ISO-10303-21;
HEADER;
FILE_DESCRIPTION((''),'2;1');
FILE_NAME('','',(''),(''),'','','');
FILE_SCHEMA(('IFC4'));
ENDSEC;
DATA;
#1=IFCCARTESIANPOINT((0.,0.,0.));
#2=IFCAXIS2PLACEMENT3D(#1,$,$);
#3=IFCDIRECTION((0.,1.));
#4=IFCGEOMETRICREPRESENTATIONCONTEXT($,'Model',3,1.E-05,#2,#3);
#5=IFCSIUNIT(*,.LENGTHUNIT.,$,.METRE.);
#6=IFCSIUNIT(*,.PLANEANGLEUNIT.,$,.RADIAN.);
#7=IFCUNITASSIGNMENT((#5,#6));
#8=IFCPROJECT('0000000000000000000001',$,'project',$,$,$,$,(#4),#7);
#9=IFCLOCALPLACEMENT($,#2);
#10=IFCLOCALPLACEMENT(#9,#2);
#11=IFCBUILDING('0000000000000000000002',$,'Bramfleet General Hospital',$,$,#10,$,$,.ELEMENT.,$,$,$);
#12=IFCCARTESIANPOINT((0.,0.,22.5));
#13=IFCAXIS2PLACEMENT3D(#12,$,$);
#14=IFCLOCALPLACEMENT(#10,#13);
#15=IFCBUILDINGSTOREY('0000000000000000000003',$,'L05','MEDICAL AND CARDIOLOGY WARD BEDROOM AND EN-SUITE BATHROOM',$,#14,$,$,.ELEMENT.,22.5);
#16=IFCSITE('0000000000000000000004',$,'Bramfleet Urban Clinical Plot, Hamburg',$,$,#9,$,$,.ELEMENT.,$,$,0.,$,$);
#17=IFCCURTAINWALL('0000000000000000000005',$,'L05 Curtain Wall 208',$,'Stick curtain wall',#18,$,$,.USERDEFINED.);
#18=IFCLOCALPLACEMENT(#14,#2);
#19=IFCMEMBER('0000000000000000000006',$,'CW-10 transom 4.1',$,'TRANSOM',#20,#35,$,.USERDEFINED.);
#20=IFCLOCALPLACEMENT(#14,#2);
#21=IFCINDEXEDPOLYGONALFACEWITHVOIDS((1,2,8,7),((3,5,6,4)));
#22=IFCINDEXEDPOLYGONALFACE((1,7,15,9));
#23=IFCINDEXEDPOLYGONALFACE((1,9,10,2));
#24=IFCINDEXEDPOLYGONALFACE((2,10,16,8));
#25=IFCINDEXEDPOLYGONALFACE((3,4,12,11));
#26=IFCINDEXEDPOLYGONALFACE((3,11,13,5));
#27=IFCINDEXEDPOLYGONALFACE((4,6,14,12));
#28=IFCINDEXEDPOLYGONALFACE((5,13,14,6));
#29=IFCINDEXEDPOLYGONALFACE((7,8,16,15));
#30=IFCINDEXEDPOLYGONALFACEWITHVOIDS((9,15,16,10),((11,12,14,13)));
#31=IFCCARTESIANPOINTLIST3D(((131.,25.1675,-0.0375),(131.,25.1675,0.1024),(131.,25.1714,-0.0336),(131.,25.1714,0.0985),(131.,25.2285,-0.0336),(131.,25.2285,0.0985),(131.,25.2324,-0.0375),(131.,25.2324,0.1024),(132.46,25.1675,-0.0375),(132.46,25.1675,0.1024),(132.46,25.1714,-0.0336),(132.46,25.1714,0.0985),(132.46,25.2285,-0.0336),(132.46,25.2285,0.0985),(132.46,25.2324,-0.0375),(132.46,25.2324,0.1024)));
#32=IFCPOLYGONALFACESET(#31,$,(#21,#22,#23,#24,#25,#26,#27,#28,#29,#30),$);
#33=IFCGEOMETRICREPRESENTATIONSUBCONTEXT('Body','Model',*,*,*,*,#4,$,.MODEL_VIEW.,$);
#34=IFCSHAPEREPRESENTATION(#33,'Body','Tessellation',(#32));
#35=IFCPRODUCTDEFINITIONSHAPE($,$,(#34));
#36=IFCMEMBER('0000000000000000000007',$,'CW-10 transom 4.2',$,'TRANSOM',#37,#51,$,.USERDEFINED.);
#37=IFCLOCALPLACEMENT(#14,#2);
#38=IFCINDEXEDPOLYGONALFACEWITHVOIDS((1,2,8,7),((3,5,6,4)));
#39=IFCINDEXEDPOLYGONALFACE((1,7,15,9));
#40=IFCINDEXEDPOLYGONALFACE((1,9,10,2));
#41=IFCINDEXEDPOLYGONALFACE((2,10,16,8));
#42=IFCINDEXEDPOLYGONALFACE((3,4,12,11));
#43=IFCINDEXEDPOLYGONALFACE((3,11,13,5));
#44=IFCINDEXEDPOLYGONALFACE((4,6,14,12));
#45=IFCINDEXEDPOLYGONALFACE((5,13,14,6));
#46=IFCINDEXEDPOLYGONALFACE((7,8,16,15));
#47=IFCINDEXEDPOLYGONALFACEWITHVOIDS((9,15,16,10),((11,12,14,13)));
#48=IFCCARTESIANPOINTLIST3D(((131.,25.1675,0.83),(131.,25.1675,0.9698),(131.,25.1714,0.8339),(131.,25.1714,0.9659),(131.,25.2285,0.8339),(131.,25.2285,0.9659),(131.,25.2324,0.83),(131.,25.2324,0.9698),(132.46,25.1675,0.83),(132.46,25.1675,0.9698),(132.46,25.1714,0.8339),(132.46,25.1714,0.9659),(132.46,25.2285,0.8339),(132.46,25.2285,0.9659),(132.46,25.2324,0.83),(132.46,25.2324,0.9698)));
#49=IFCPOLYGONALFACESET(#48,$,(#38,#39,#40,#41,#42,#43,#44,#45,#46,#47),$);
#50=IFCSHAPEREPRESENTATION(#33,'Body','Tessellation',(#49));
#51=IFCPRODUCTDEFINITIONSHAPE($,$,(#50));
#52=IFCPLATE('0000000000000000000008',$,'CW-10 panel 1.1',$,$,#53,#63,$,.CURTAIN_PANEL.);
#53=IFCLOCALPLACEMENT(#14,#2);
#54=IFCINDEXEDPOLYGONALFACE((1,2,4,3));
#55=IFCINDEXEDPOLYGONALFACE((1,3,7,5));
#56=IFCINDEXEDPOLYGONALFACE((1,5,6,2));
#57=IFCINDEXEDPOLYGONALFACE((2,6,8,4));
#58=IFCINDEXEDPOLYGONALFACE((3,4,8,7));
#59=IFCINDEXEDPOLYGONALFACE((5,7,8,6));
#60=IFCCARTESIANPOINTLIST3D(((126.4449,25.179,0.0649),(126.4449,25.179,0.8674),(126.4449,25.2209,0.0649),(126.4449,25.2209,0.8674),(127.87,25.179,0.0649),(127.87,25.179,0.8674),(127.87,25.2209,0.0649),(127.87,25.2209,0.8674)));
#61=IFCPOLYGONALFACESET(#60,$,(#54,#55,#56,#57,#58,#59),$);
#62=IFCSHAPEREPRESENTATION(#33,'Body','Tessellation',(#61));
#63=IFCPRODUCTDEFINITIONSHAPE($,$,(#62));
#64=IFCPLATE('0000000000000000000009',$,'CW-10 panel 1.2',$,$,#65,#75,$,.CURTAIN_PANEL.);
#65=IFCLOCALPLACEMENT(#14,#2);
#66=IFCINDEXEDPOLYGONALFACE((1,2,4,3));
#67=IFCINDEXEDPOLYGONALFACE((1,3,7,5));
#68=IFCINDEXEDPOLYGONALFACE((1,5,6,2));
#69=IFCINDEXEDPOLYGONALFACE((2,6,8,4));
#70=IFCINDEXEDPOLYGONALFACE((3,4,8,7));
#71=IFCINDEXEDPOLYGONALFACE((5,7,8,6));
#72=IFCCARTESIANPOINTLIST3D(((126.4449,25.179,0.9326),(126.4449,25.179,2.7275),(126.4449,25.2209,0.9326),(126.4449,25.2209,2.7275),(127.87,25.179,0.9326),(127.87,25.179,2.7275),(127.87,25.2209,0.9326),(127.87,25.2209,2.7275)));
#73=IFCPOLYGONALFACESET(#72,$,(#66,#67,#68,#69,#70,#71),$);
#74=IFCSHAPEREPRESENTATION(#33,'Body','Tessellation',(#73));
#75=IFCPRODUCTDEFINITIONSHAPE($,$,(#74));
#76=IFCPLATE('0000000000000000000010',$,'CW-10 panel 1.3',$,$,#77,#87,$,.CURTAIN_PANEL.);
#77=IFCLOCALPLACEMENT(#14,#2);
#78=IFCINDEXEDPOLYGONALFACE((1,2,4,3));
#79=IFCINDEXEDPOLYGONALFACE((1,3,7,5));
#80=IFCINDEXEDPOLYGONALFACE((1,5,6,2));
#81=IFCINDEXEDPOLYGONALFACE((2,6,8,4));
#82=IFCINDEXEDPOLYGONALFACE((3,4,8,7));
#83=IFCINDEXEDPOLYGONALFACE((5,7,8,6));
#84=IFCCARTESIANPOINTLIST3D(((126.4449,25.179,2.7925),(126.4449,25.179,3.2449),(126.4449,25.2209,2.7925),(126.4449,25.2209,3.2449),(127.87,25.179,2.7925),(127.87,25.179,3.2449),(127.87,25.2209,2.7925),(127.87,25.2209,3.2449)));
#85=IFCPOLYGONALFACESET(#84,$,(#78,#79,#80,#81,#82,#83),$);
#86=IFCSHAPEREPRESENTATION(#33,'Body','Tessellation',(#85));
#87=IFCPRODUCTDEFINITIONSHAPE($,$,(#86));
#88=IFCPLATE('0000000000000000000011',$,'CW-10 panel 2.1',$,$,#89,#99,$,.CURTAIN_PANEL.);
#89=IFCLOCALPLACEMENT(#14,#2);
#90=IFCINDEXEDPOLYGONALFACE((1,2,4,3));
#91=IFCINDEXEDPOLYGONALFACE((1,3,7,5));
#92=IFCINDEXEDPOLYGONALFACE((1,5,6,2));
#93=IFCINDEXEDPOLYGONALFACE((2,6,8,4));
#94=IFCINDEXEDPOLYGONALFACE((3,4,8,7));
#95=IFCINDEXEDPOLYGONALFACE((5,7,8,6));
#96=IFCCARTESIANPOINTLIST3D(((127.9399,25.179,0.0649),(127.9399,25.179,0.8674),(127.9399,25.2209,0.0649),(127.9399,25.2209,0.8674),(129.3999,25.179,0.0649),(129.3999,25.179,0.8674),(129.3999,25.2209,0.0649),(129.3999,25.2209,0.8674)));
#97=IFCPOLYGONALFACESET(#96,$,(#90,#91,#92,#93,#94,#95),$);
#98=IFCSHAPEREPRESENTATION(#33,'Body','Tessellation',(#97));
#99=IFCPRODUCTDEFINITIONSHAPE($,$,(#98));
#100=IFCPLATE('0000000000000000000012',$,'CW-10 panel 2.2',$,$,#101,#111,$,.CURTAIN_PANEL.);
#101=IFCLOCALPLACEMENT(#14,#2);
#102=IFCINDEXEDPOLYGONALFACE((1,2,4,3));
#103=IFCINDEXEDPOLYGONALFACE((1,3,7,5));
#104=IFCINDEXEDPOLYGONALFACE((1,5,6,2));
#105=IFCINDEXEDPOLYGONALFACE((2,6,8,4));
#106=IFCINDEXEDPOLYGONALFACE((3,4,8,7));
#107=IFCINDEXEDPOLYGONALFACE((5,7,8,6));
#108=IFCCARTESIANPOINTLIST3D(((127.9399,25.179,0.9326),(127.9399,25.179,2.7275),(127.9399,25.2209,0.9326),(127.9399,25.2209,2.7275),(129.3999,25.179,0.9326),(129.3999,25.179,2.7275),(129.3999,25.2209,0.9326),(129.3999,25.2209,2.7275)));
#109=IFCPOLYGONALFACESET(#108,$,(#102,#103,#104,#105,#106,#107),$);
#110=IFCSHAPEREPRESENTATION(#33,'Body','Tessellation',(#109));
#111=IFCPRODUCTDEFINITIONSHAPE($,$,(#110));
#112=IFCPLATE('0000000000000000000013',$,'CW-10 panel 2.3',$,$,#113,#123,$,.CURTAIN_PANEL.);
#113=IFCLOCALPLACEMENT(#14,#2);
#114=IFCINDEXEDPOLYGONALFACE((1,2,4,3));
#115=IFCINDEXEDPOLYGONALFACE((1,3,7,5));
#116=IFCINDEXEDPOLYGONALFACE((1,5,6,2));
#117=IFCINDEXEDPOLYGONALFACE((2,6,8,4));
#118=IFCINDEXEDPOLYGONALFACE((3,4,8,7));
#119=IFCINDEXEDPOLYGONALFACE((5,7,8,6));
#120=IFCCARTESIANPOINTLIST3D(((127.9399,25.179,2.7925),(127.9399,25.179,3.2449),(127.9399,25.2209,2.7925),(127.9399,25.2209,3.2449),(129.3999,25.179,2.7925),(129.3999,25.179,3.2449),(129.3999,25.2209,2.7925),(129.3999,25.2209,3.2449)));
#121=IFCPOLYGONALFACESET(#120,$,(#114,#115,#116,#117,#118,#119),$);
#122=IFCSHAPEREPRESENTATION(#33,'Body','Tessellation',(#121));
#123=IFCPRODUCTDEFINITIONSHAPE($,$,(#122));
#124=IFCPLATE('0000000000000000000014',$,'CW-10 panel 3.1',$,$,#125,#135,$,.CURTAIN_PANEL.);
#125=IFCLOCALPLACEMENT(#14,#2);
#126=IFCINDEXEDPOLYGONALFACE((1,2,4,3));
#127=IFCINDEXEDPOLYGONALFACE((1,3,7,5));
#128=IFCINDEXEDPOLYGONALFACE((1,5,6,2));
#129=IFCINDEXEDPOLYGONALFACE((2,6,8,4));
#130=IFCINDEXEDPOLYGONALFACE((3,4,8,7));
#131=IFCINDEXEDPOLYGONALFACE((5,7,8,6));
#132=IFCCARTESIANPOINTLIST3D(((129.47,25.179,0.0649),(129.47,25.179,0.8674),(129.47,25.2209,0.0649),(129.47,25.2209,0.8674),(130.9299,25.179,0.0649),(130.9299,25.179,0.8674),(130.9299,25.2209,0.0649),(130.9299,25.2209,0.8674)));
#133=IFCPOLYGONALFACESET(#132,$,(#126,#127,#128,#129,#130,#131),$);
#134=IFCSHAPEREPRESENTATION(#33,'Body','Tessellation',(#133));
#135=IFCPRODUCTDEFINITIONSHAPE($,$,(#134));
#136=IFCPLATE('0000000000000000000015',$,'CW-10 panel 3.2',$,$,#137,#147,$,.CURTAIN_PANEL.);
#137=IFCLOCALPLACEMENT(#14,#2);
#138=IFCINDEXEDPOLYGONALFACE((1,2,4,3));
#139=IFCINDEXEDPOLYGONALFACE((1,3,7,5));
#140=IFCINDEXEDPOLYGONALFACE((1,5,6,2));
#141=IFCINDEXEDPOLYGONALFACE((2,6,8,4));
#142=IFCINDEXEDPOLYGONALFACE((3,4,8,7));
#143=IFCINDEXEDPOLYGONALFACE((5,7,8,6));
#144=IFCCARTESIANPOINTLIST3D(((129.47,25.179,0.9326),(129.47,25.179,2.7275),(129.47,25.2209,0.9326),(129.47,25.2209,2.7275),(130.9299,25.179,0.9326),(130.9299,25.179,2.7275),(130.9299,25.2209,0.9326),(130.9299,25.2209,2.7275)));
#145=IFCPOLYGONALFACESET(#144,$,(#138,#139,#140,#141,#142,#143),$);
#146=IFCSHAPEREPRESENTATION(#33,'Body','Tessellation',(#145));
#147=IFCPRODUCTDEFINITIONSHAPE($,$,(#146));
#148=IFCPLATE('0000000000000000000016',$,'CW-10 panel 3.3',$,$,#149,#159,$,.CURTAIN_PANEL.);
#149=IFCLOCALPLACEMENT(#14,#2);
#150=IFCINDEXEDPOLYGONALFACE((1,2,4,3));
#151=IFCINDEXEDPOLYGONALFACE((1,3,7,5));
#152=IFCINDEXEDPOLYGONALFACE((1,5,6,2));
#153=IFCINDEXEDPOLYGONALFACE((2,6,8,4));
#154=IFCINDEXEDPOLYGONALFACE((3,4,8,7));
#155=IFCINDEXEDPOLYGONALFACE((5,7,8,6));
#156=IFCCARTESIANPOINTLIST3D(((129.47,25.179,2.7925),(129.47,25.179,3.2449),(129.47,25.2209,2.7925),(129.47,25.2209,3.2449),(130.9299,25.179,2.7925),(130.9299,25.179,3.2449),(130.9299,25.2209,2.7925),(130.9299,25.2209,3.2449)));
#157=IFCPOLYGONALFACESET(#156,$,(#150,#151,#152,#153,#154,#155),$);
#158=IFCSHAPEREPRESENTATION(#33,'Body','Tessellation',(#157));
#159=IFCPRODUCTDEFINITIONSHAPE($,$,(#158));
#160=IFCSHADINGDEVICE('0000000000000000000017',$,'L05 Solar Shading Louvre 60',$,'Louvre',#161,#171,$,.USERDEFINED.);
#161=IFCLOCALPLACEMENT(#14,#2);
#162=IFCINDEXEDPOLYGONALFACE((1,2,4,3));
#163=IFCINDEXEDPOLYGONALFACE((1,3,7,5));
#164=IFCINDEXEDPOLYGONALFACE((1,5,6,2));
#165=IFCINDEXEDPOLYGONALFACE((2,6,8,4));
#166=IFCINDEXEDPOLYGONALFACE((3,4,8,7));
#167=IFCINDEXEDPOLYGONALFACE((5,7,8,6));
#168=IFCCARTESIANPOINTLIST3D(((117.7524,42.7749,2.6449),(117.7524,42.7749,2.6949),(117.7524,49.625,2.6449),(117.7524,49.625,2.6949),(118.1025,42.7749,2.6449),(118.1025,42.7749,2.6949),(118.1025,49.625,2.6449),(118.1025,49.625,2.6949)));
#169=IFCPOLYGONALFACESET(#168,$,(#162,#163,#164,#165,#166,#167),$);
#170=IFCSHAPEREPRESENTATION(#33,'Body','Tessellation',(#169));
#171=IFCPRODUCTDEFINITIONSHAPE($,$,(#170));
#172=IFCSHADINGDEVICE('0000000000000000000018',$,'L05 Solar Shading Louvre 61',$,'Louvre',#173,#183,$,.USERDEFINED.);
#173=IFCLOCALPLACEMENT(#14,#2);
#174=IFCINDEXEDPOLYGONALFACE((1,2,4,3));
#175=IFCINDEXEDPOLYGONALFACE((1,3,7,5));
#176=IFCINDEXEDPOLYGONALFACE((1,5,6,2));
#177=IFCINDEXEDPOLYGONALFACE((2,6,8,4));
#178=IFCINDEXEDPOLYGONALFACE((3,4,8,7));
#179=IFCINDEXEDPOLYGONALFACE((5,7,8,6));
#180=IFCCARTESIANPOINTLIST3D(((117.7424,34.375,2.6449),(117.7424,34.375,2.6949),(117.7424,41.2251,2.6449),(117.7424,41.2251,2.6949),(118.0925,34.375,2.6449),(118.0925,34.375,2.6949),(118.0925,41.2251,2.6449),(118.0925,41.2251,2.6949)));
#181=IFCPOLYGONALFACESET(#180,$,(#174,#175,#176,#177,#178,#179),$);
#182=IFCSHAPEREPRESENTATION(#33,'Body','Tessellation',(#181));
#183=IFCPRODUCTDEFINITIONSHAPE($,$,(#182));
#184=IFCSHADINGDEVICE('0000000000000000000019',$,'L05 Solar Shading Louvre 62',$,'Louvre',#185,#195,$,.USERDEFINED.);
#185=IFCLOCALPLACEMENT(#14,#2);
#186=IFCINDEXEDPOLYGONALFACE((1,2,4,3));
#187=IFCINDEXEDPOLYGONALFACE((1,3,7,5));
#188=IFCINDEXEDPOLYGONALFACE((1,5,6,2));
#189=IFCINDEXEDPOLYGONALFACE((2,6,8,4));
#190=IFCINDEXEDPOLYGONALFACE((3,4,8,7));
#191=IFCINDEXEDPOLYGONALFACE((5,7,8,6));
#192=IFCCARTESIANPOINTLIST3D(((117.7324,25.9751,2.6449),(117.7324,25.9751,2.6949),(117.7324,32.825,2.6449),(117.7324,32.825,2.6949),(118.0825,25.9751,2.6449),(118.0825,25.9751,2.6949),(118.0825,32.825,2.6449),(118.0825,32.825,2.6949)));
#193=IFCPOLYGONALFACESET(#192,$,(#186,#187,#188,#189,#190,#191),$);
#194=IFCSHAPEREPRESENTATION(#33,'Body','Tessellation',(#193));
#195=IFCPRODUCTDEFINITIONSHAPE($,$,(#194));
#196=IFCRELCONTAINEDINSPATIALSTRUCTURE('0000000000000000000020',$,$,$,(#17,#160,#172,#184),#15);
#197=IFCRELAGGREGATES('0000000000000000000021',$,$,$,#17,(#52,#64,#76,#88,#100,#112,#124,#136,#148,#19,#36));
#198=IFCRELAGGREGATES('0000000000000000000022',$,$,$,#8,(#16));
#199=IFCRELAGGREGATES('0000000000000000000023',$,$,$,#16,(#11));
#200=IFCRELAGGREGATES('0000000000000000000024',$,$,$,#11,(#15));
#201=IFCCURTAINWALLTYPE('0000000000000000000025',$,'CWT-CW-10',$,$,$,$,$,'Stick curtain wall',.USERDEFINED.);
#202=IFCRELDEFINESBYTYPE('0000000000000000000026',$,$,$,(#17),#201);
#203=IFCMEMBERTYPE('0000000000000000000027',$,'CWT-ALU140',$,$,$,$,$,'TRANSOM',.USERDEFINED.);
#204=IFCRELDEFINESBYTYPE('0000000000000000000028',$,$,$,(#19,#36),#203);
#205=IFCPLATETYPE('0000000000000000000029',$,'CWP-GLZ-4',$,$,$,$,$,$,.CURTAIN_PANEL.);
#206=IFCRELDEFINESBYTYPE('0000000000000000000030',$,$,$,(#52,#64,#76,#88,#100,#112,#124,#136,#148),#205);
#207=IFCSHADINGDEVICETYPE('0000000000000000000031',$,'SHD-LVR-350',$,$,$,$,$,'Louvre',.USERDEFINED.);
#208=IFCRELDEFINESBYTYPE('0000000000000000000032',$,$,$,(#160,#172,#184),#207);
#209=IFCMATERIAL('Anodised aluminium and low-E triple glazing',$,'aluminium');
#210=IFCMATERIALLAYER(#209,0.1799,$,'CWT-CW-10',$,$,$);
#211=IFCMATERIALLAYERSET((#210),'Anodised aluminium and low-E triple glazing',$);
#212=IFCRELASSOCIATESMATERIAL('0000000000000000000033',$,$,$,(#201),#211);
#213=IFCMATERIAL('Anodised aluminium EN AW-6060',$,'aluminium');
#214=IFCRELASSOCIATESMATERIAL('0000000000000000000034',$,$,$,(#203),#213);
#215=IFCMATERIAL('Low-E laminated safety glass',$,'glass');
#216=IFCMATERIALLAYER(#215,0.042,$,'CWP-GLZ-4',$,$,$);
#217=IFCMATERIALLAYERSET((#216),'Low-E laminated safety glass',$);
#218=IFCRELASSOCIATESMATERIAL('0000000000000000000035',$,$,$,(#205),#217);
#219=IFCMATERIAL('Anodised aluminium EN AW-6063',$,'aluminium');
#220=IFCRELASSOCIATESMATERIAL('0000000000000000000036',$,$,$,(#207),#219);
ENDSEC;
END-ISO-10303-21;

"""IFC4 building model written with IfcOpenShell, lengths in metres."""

from ifc_helpers import new_model, si_unit, direction, frame, origin, origin_2d, place, context, subcontext, project, spatial, rectangle, hollow_rectangle, extrude, material, layer, layer_set, material_profile, profile_set, type_object, element, aggregate, save


model = new_model("IFC4")

# Units and contexts
model_context = context("Model", 3, precision=1e-05, world=origin(), true_north=direction((0.0, 1.0)))
body_context = subcontext(model_context, "Body", "Model", "MODEL_VIEW")
ifc_project = project(units=[si_unit("LENGTHUNIT", "METRE"), si_unit("PLANEANGLEUNIT", "RADIAN")], contexts=[model_context])

# Site, building, storey
site_placement = place(None, origin())
site = spatial("IfcSite", under=ifc_project, at=site_placement, Name="Bramfleet Urban Clinical Plot, Hamburg", CompositionType="ELEMENT", RefElevation=0.0)
building_placement = place(site_placement, origin())
building = spatial("IfcBuilding", under=site, at=building_placement, Name="Bramfleet General Hospital", CompositionType="ELEMENT")
storey_placement = place(building_placement, frame((0.0, 0.0, 22.5)))
storey = spatial("IfcBuildingStorey", under=building, at=storey_placement, Name="L05", Description="MEDICAL AND CARDIOLOGY WARD BEDROOM AND EN-SUITE BATHROOM", CompositionType="ELEMENT", Elevation=22.5)

# Curtain wall, members, plates
ifc_material_1 = material(Name="Anodised aluminium and low-E triple glazing", Category="aluminium")
ifc_layer_1 = layer(ifc_material_1, 0.1799, Name="CWT-CW-10")
ifc_layer_set_1 = layer_set([ifc_layer_1], Name="Anodised aluminium and low-E triple glazing")
curtain_wall_type = type_object("IfcCurtainWallType", Name="CWT-CW-10", ElementType="Stick curtain wall", PredefinedType="USERDEFINED", material=ifc_layer_set_1)
curtain_wall_placement = place(storey_placement, origin())
curtain_wall = element("IfcCurtainWall", 1, at=curtain_wall_placement, inside=storey, type_object=curtain_wall_type, Name="L05 Curtain Wall 208", ObjectType="Stick curtain wall", PredefinedType="USERDEFINED")
ifc_material_2 = material(Name="Anodised aluminium EN AW-6060", Category="aluminium")
ifc_material_profile_1 = material_profile(ifc_material_2, hollow_rectangle(XDim=0.0649, YDim=0.1399, WallThickness=0.0039, at=origin_2d()), Name="ALU 140x65x4.0")
ifc_profile_set_1 = profile_set([ifc_material_profile_1], Name="Anodised aluminium EN AW-6060")
member_type_1 = type_object("IfcMemberType", Name="CWT-ALU140", ElementType="TRANSOM", PredefinedType="USERDEFINED", material=ifc_profile_set_1)
member_1_placement = place(storey_placement, frame((131.0, 25.2, 0.0325), z_axis=(1.0, 0.0, 0.0), x_axis=(0.0, 1.0, 0.0)))
member_1 = element("IfcMember", 2, at=member_1_placement, type_object=member_type_1, Name="CW-10 transom 4.1", ObjectType="TRANSOM", PredefinedType="USERDEFINED", context=body_context, shape_type="SweptSolid", body=[
    extrude(hollow_rectangle(XDim=0.0649, YDim=0.1399, WallThickness=0.0039, at=origin_2d()), origin(), (0.0, 0.0, 1.0), 1.46),
])
member_2_placement = place(storey_placement, frame((131.0, 25.2, 0.8999), z_axis=(1.0, 0.0, 0.0), x_axis=(0.0, 1.0, 0.0)))
member_2 = element("IfcMember", 3, at=member_2_placement, type_object=member_type_1, Name="CW-10 transom 4.2", ObjectType="TRANSOM", PredefinedType="USERDEFINED", context=body_context, shape_type="SweptSolid", body=[
    extrude(hollow_rectangle(XDim=0.0649, YDim=0.1399, WallThickness=0.0039, at=origin_2d()), origin(), (0.0, 0.0, 1.0), 1.46),
])
ifc_material_3 = material(Name="Low-E laminated safety glass", Category="glass")
ifc_layer_2 = layer(ifc_material_3, 0.042, Name="CWP-GLZ-4")
ifc_layer_set_2 = layer_set([ifc_layer_2], Name="Low-E laminated safety glass")
plate_type = type_object("IfcPlateType", Name="CWP-GLZ-4", PredefinedType="CURTAIN_PANEL", material=ifc_layer_set_2)
plate_1_placement = place(storey_placement, frame((127.1575, 25.2, 0.0649), z_axis=(0.0, 0.0, 1.0), x_axis=(1.0, 0.0, 0.0)))
plate_1 = element("IfcPlate", 4, at=plate_1_placement, type_object=plate_type, Name="CW-10 panel 1.1", PredefinedType="CURTAIN_PANEL", context=body_context, shape_type="SweptSolid", body=[
    extrude(rectangle(XDim=1.425, YDim=0.042, at=origin_2d()), origin(), (0.0, 0.0, 1.0), 0.8025),
])
plate_2_placement = place(storey_placement, frame((127.1575, 25.2, 0.9326), z_axis=(0.0, 0.0, 1.0), x_axis=(1.0, 0.0, 0.0)))
plate_2 = element("IfcPlate", 5, at=plate_2_placement, type_object=plate_type, Name="CW-10 panel 1.2", PredefinedType="CURTAIN_PANEL", context=body_context, shape_type="SweptSolid", body=[
    extrude(rectangle(XDim=1.425, YDim=0.042, at=origin_2d()), origin(), (0.0, 0.0, 1.0), 1.7949),
])
plate_3_placement = place(storey_placement, frame((127.1575, 25.2, 2.7925), z_axis=(0.0, 0.0, 1.0), x_axis=(1.0, 0.0, 0.0)))
plate_3 = element("IfcPlate", 6, at=plate_3_placement, type_object=plate_type, Name="CW-10 panel 1.3", PredefinedType="CURTAIN_PANEL", context=body_context, shape_type="SweptSolid", body=[
    extrude(rectangle(XDim=1.425, YDim=0.042, at=origin_2d()), origin(), (0.0, 0.0, 1.0), 0.4524),
])
plate_4_placement = place(storey_placement, frame((128.6699, 25.2, 0.0649), z_axis=(0.0, 0.0, 1.0), x_axis=(1.0, 0.0, 0.0)))
plate_4 = element("IfcPlate", 7, at=plate_4_placement, type_object=plate_type, Name="CW-10 panel 2.1", PredefinedType="CURTAIN_PANEL", context=body_context, shape_type="SweptSolid", body=[
    extrude(rectangle(XDim=1.46, YDim=0.042, at=origin_2d()), origin(), (0.0, 0.0, 1.0), 0.8025),
])
plate_5_placement = place(storey_placement, frame((128.6699, 25.2, 0.9326), z_axis=(0.0, 0.0, 1.0), x_axis=(1.0, 0.0, 0.0)))
plate_5 = element("IfcPlate", 8, at=plate_5_placement, type_object=plate_type, Name="CW-10 panel 2.2", PredefinedType="CURTAIN_PANEL", context=body_context, shape_type="SweptSolid", body=[
    extrude(rectangle(XDim=1.46, YDim=0.042, at=origin_2d()), origin(), (0.0, 0.0, 1.0), 1.7949),
])
plate_6_placement = place(storey_placement, frame((128.6699, 25.2, 2.7925), z_axis=(0.0, 0.0, 1.0), x_axis=(1.0, 0.0, 0.0)))
plate_6 = element("IfcPlate", 9, at=plate_6_placement, type_object=plate_type, Name="CW-10 panel 2.3", PredefinedType="CURTAIN_PANEL", context=body_context, shape_type="SweptSolid", body=[
    extrude(rectangle(XDim=1.46, YDim=0.042, at=origin_2d()), origin(), (0.0, 0.0, 1.0), 0.4524),
])
plate_7_placement = place(storey_placement, frame((130.2, 25.2, 0.0649), z_axis=(0.0, 0.0, 1.0), x_axis=(1.0, 0.0, 0.0)))
plate_7 = element("IfcPlate", 10, at=plate_7_placement, type_object=plate_type, Name="CW-10 panel 3.1", PredefinedType="CURTAIN_PANEL", context=body_context, shape_type="SweptSolid", body=[
    extrude(rectangle(XDim=1.46, YDim=0.042, at=origin_2d()), origin(), (0.0, 0.0, 1.0), 0.8025),
])
plate_8_placement = place(storey_placement, frame((130.2, 25.2, 0.9326), z_axis=(0.0, 0.0, 1.0), x_axis=(1.0, 0.0, 0.0)))
plate_8 = element("IfcPlate", 11, at=plate_8_placement, type_object=plate_type, Name="CW-10 panel 3.2", PredefinedType="CURTAIN_PANEL", context=body_context, shape_type="SweptSolid", body=[
    extrude(rectangle(XDim=1.46, YDim=0.042, at=origin_2d()), origin(), (0.0, 0.0, 1.0), 1.7949),
])
plate_9_placement = place(storey_placement, frame((130.2, 25.2, 2.7925), z_axis=(0.0, 0.0, 1.0), x_axis=(1.0, 0.0, 0.0)))
plate_9 = element("IfcPlate", 12, at=plate_9_placement, type_object=plate_type, Name="CW-10 panel 3.3", PredefinedType="CURTAIN_PANEL", context=body_context, shape_type="SweptSolid", body=[
    extrude(rectangle(XDim=1.46, YDim=0.042, at=origin_2d()), origin(), (0.0, 0.0, 1.0), 0.4524),
])
aggregate(curtain_wall, [plate_1, plate_2, plate_3, plate_4, plate_5, plate_6, plate_7, plate_8, plate_9, member_1, member_2])

# Shading devices
ifc_material_4 = material(Name="Anodised aluminium EN AW-6063", Category="aluminium")
ifc_material_profile_2 = material_profile(ifc_material_4, rectangle(XDim=0.05, YDim=0.3501, at=origin_2d()), Name="ALU LOUVRE 350x50")
ifc_profile_set_2 = profile_set([ifc_material_profile_2], Name="Anodised aluminium EN AW-6063")
shading_device_type = type_object("IfcShadingDeviceType", Name="SHD-LVR-350", ElementType="Louvre", PredefinedType="USERDEFINED", material=ifc_profile_set_2)
for number, where, z_axis, x_axis, name in (
    (13, (117.9275, 49.625, 2.6699), (0.0, -1.0, 0.0), (0.0, 0.0, 1.0), "L05 Solar Shading Louvre 60"),
    (14, (117.9175, 41.2251, 2.6699), (0.0, -1.0, 0.0), (0.0, 0.0, 1.0), "L05 Solar Shading Louvre 61"),
):
    element("IfcShadingDevice", number, at=place(storey_placement, frame(where, z_axis=z_axis, x_axis=x_axis)), inside=storey, type_object=shading_device_type, Name=name, ObjectType="Louvre", PredefinedType="USERDEFINED", context=body_context, shape_type="SweptSolid", body=[
        extrude(rectangle(XDim=0.05, YDim=0.3501, at=origin_2d()), origin(), (0.0, 0.0, 1.0), 6.8501),
    ])
shading_device_placement = place(storey_placement, frame((117.9075, 32.825, 2.6699), z_axis=(0.0, -1.0, 0.0), x_axis=(0.0, 0.0, 1.0)))
element("IfcShadingDevice", 15, at=shading_device_placement, inside=storey, type_object=shading_device_type, Name="L05 Solar Shading Louvre 62", ObjectType="Louvre", PredefinedType="USERDEFINED", context=body_context, shape_type="SweptSolid", body=[
    extrude(rectangle(XDim=0.05, YDim=0.3501, at=origin_2d()), origin(), (0.0, 0.0, 1.0), 6.8499),
])

save(model, "model.ifc")
